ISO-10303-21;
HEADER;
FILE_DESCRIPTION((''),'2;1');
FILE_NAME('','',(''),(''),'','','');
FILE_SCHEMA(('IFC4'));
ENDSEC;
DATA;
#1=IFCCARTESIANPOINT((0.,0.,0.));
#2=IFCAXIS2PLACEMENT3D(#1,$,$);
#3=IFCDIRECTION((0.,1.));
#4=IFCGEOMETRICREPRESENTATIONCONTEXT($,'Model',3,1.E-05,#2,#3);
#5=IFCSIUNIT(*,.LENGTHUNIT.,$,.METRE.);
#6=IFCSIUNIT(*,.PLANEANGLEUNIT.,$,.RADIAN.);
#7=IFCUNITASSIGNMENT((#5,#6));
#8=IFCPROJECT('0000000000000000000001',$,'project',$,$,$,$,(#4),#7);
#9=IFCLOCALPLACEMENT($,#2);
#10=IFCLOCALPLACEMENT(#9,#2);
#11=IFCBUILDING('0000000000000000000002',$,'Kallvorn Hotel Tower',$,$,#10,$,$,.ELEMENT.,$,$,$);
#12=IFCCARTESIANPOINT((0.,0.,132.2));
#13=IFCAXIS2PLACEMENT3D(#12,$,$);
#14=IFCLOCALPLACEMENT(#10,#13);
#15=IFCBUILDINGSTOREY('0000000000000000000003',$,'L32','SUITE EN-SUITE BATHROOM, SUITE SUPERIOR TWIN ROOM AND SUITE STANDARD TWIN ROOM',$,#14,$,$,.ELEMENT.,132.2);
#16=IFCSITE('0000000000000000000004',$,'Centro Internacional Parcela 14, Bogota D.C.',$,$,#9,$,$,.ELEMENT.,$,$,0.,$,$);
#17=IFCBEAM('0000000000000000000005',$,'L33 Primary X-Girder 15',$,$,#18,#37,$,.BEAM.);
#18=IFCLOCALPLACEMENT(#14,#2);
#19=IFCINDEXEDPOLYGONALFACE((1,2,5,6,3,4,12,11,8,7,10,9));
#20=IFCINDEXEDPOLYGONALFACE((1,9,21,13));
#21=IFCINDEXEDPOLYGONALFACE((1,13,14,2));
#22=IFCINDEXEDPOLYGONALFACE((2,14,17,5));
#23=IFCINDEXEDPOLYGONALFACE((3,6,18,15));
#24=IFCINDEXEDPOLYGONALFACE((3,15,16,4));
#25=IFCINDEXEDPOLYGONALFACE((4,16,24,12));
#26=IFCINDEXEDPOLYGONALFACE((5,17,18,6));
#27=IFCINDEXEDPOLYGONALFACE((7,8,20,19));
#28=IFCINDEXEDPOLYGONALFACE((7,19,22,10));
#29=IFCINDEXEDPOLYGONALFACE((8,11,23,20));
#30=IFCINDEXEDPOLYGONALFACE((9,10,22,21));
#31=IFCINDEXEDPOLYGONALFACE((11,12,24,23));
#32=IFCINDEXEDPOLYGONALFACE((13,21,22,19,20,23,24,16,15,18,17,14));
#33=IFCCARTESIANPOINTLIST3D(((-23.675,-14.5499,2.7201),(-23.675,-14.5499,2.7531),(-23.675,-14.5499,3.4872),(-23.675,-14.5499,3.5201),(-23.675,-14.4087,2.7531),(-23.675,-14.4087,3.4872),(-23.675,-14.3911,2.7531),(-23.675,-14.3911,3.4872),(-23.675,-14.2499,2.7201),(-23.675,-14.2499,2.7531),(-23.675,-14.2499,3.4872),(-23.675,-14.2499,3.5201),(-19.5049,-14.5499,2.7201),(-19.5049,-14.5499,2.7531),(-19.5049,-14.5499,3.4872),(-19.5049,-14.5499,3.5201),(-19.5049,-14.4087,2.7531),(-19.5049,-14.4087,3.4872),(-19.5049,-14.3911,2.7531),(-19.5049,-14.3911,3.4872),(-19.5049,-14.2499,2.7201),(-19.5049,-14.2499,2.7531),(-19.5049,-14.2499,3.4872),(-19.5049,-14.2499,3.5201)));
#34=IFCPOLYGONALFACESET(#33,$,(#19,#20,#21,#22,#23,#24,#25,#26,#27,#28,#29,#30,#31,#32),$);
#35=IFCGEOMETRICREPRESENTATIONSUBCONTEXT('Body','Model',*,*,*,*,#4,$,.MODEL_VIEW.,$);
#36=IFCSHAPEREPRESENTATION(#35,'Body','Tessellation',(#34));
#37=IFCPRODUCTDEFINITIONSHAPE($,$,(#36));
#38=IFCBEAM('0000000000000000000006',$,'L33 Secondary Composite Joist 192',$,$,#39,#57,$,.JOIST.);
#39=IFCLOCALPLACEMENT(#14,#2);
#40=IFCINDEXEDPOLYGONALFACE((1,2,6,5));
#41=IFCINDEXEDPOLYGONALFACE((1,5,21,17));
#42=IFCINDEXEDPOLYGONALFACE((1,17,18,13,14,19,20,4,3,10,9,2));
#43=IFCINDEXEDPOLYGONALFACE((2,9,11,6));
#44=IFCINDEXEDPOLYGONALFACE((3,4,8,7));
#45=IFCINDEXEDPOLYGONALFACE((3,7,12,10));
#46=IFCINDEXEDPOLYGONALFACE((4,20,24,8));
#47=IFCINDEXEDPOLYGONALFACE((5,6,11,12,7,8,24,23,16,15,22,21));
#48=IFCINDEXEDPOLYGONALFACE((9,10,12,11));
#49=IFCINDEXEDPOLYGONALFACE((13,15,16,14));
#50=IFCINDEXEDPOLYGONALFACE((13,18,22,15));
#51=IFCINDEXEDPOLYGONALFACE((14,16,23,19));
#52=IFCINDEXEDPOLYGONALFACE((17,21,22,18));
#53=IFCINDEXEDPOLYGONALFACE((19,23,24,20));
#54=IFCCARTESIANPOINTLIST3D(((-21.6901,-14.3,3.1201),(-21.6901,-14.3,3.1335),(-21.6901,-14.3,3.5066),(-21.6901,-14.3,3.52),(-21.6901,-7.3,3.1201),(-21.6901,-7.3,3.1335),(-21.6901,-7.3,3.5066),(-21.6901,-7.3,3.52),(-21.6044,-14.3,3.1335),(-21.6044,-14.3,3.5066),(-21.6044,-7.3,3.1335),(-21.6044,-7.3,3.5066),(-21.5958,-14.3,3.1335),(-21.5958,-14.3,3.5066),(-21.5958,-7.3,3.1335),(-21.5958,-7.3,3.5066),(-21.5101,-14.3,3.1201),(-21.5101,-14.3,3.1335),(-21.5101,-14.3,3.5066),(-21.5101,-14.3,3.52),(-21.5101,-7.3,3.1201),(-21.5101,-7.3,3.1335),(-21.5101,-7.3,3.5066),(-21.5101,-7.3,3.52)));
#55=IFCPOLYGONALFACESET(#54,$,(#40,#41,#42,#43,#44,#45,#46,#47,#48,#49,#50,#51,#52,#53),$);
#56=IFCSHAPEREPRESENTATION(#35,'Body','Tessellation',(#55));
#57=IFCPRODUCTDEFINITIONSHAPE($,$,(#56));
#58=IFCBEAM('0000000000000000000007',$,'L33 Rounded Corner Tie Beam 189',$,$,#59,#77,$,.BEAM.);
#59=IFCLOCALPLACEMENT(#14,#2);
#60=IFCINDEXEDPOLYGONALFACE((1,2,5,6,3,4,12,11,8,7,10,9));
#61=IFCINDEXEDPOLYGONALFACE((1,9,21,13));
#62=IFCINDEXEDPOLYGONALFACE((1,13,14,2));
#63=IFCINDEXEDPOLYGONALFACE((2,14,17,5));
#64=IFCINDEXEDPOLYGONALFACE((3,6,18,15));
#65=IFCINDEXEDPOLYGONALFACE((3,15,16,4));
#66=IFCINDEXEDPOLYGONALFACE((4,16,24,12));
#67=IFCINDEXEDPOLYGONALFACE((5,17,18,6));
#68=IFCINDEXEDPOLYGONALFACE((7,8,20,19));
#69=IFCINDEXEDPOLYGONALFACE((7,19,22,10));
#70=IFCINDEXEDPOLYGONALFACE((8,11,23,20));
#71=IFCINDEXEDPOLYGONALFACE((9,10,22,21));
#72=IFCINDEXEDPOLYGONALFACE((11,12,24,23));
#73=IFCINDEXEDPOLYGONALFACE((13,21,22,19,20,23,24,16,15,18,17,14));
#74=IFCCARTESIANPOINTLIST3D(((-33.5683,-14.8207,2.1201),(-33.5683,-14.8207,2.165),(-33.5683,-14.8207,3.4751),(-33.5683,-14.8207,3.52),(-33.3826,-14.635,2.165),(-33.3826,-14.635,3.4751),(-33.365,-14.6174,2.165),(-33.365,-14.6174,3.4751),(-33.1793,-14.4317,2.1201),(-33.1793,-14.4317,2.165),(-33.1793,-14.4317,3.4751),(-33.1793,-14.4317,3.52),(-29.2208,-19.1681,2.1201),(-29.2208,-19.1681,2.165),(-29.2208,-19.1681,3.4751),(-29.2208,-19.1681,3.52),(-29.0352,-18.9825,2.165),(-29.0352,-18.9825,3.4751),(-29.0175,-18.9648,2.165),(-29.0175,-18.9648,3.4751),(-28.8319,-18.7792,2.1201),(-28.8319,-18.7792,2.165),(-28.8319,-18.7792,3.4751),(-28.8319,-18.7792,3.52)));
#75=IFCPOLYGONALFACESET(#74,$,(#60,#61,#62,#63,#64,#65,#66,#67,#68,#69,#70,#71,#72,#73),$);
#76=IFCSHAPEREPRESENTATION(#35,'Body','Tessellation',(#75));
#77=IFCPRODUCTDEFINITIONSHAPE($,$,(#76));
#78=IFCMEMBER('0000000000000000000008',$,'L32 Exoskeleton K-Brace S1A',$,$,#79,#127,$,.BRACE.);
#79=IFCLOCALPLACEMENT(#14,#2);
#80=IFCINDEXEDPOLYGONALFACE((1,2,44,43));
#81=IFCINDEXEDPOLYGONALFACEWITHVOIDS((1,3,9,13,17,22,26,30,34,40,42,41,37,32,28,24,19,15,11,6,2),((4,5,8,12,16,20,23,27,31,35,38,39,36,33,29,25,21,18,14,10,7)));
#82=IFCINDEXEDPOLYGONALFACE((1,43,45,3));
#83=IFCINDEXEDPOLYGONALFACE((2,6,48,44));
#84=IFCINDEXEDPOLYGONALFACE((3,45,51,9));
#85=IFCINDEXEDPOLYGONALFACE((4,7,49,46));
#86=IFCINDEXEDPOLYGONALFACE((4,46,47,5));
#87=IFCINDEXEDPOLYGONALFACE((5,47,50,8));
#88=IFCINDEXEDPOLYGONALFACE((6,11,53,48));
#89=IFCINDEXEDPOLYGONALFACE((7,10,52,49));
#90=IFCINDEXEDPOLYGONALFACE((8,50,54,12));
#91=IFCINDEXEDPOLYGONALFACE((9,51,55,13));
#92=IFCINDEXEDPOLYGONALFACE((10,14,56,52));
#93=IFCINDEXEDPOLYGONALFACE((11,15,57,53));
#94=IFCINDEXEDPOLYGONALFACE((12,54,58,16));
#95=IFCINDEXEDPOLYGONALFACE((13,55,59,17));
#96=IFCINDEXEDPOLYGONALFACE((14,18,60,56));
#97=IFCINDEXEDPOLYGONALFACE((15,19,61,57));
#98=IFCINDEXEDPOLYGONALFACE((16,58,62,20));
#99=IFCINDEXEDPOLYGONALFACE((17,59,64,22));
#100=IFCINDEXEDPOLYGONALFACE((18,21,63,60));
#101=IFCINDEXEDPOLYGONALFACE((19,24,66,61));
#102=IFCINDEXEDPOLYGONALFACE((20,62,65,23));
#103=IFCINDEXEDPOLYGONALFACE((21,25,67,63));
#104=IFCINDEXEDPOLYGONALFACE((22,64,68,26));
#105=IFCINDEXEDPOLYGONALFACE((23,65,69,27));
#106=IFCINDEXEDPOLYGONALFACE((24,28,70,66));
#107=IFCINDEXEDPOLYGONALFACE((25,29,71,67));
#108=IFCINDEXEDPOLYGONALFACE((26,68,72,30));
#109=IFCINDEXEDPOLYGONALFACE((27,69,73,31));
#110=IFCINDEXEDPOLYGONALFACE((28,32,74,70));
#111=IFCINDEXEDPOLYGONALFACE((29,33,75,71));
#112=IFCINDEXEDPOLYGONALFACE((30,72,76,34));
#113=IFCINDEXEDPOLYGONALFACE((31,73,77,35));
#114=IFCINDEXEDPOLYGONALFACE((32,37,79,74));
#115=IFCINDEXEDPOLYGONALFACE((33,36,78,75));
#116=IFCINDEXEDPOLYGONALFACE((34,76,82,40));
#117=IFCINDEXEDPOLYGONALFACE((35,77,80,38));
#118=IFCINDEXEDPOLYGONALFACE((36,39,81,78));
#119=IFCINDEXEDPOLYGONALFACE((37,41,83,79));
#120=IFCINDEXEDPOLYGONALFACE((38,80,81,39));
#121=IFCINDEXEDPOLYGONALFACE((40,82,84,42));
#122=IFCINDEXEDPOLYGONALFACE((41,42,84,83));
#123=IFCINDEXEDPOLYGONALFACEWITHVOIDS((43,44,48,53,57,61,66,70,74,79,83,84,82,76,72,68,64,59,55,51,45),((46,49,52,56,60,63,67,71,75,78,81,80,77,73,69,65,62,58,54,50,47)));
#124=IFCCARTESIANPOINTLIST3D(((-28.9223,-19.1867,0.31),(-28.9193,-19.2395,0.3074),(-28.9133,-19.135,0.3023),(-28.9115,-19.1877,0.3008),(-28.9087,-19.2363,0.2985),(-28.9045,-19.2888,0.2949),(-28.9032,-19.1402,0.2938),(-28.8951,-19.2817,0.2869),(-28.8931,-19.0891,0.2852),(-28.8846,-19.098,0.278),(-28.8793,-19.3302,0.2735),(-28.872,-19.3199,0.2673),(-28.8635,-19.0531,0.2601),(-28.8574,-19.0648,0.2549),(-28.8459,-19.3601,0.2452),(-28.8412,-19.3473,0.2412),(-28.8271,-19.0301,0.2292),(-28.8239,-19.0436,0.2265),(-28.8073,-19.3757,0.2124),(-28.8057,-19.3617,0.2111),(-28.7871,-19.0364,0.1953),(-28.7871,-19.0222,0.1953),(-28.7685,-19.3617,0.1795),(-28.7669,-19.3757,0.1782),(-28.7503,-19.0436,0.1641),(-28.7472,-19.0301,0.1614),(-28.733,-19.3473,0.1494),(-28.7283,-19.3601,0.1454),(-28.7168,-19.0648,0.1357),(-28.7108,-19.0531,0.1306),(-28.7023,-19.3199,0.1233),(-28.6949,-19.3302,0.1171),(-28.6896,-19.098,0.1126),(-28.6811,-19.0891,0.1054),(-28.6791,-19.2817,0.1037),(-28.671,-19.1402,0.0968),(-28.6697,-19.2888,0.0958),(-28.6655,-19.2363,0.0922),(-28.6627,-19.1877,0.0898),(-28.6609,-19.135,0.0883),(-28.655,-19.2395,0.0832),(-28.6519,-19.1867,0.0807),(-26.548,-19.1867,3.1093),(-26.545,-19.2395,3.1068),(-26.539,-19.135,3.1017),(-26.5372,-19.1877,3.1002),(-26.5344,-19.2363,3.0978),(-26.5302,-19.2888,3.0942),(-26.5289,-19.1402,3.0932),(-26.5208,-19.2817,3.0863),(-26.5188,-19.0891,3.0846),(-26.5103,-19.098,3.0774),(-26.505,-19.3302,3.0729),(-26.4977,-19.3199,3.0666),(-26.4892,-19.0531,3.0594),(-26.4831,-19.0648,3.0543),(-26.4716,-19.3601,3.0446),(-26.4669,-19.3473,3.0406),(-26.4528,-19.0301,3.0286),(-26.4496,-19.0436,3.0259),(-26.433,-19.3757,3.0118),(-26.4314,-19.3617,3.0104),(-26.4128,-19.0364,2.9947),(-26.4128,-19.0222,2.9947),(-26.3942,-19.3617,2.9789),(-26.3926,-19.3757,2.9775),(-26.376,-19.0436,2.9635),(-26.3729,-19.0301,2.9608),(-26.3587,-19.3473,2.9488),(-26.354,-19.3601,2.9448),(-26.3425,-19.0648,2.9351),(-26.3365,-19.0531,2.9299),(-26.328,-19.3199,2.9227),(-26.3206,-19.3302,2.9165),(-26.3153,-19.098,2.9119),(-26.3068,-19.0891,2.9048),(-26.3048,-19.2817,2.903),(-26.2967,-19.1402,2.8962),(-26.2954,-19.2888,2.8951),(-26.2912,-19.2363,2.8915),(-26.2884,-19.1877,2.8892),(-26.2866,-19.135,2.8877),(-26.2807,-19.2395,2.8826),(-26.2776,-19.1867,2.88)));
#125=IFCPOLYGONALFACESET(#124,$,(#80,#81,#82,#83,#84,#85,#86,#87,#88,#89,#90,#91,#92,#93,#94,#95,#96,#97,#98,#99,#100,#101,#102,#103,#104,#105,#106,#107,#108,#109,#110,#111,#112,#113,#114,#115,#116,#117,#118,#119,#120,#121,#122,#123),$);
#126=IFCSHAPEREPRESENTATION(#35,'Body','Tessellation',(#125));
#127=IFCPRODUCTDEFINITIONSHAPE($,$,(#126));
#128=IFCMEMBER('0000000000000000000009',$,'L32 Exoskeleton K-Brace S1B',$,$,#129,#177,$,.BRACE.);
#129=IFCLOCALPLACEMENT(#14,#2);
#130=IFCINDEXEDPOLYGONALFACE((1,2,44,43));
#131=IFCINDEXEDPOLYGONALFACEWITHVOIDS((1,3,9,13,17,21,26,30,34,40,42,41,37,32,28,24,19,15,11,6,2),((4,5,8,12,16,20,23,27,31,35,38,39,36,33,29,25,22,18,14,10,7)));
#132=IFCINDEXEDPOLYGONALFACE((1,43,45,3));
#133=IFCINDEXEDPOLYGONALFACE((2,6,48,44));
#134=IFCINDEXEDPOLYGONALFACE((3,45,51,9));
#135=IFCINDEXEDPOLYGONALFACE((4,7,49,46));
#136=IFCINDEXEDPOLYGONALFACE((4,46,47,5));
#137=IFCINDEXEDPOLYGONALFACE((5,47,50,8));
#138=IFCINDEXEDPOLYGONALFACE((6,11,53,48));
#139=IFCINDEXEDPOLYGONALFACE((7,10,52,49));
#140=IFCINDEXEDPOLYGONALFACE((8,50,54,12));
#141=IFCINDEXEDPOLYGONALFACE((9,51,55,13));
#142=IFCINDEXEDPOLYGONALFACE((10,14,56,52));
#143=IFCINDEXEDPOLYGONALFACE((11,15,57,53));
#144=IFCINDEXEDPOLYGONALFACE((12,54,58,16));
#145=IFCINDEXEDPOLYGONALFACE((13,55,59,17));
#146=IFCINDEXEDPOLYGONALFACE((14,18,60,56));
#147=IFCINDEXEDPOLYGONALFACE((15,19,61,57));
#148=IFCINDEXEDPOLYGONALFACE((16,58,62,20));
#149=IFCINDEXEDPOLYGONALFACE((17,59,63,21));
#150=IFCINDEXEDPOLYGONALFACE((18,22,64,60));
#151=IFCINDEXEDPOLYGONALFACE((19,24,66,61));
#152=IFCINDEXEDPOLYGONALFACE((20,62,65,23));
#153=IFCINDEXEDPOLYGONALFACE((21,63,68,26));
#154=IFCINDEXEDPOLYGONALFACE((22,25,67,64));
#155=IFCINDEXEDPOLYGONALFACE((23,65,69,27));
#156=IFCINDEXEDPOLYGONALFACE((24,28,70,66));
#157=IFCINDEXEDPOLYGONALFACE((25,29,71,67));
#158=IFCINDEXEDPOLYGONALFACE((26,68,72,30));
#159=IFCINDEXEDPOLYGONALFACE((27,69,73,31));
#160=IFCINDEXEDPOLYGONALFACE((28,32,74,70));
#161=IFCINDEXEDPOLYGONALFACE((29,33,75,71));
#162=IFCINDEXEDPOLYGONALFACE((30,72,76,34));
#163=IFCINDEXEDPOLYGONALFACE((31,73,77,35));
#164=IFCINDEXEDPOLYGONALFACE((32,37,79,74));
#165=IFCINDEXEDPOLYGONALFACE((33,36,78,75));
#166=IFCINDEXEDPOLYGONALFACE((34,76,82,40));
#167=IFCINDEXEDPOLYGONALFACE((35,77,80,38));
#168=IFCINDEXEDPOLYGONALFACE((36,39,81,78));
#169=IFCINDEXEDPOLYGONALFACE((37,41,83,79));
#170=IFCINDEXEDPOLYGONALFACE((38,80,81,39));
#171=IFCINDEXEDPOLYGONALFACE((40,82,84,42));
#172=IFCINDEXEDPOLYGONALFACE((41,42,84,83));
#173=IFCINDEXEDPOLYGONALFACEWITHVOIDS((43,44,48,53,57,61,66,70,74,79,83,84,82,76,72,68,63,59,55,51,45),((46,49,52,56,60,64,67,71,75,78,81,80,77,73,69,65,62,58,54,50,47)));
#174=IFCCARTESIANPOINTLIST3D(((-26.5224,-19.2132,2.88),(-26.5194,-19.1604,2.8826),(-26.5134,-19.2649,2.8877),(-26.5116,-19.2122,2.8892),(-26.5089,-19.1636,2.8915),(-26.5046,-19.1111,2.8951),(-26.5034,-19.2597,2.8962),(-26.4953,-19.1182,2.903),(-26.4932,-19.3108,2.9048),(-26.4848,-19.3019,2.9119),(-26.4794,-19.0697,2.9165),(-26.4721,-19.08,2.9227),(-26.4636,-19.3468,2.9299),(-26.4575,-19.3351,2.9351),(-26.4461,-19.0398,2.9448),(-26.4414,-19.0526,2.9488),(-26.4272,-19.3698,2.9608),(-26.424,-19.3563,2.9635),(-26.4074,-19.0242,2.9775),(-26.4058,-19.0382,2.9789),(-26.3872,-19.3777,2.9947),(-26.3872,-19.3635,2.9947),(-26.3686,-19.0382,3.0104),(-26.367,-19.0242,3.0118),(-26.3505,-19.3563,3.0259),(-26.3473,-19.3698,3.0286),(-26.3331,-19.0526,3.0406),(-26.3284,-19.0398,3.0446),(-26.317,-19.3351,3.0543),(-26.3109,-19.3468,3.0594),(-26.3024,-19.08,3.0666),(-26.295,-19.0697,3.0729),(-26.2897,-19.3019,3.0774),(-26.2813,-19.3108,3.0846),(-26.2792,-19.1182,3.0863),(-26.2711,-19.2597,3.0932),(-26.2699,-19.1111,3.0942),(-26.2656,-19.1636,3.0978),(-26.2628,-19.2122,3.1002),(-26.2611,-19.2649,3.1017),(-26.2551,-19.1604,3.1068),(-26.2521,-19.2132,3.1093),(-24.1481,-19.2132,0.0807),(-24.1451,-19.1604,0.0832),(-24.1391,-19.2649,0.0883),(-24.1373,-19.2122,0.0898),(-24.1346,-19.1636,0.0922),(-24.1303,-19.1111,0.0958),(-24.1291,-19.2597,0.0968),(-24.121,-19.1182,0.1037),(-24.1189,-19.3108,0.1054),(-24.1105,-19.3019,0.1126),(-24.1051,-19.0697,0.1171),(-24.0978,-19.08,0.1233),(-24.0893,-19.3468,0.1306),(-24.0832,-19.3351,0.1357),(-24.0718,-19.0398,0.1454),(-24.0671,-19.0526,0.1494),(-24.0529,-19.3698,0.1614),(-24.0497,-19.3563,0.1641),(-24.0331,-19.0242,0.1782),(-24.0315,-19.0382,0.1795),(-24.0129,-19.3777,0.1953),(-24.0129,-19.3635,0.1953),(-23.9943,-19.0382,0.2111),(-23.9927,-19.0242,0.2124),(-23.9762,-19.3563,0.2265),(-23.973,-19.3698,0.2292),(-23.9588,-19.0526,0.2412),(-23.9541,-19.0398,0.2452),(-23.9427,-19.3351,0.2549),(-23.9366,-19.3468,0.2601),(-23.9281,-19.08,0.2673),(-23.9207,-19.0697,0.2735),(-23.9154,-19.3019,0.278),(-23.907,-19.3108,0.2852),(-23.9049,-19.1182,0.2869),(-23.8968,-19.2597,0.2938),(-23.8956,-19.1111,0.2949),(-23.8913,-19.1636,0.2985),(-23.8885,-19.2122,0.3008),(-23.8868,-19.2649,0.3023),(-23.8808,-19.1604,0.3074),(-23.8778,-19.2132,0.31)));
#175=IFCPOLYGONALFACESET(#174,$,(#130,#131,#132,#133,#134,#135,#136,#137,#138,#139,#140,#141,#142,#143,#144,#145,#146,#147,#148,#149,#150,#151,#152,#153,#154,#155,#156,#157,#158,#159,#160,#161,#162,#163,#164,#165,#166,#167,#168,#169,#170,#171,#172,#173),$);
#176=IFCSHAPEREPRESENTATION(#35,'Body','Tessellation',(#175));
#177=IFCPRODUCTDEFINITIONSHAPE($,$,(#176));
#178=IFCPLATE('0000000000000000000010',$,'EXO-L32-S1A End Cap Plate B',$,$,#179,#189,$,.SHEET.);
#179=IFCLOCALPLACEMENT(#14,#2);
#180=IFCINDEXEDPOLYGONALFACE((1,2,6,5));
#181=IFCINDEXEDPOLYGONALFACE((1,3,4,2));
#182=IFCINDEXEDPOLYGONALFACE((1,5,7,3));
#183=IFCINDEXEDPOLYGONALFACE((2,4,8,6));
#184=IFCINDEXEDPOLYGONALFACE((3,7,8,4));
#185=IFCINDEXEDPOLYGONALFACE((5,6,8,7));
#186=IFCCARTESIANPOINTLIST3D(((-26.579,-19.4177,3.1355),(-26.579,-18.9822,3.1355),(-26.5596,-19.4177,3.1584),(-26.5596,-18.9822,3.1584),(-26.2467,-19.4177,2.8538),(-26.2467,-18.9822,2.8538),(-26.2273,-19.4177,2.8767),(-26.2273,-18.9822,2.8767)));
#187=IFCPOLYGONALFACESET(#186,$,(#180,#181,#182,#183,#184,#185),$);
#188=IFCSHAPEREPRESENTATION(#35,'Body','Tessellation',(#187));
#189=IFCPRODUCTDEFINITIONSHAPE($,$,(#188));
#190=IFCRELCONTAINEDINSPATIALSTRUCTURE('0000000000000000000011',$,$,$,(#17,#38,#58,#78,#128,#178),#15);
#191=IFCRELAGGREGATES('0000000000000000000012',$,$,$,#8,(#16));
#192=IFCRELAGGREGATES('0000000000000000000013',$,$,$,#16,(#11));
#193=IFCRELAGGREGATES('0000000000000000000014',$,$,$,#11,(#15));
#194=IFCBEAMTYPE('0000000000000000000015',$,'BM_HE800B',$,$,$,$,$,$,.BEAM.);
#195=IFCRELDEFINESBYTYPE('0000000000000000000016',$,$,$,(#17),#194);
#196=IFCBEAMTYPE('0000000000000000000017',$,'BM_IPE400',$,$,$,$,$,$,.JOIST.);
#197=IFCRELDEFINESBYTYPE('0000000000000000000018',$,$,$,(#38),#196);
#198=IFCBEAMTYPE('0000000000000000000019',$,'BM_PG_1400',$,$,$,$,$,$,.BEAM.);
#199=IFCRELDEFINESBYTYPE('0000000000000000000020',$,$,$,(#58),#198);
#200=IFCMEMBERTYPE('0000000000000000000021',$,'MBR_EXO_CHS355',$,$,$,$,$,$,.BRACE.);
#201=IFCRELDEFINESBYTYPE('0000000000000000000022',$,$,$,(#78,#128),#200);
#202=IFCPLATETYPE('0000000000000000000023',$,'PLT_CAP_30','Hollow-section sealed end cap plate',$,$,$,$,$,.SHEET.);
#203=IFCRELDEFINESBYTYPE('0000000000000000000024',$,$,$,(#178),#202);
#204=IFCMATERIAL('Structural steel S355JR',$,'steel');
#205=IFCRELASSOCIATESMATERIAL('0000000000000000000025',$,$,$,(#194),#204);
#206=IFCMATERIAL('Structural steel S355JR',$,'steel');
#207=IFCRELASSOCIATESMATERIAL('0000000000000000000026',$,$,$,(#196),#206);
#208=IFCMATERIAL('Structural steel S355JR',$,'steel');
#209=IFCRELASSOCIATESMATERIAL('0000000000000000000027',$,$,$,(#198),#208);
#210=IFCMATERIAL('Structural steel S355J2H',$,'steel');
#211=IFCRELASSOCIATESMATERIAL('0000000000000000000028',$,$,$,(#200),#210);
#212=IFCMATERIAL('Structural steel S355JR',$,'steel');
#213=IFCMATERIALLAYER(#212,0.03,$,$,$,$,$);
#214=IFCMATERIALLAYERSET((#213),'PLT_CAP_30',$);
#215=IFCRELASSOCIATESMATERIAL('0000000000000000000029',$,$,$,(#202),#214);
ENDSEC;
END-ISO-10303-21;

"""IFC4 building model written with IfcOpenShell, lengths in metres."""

from ifc_helpers import new_model, si_unit, direction, frame, origin, origin_2d, place, context, subcontext, project, spatial, polyline, hollow_circle, i_section, outline, extrude, material, layer, layer_set, material_profile, profile_set, type_object, element, save


model = new_model("IFC4")

# Units and contexts
model_context = context("Model", 3, precision=1e-05, world=origin(), true_north=direction((0.0, 1.0)))
body_context = subcontext(model_context, "Body", "Model", "MODEL_VIEW")
ifc_project = project(units=[si_unit("LENGTHUNIT", "METRE"), si_unit("PLANEANGLEUNIT", "RADIAN")], contexts=[model_context])

# Site, building, storey
site_placement = place(None, origin())
site = spatial("IfcSite", under=ifc_project, at=site_placement, Name="Centro Internacional Parcela 14, Bogota D.C.", CompositionType="ELEMENT", RefElevation=0.0)
building_placement = place(site_placement, origin())
building = spatial("IfcBuilding", under=site, at=building_placement, Name="Kallvorn Hotel Tower", CompositionType="ELEMENT")
storey_placement = place(building_placement, frame((0.0, 0.0, 132.2)))
storey = spatial("IfcBuildingStorey", under=building, at=storey_placement, Name="L32", Description="SUITE EN-SUITE BATHROOM, SUITE SUPERIOR TWIN ROOM AND SUITE STANDARD TWIN ROOM", CompositionType="ELEMENT", Elevation=132.2)

# Beams
ifc_material_1 = material(Name="Structural steel S355JR", Category="steel")
ifc_material_profile_1 = material_profile(ifc_material_1, i_section(OverallWidth=0.3, OverallDepth=0.8, WebThickness=0.0176, FlangeThickness=0.033, at=origin_2d()), Name="HE 800 B")
ifc_profile_set_1 = profile_set([ifc_material_profile_1], Name="Structural steel S355JR")
beam_type_1 = type_object("IfcBeamType", Name="BM_HE800B", PredefinedType="BEAM", material=ifc_profile_set_1)
for number, where, z_axis, x_axis, name in (
    (1, (-23.675, -14.3999, 3.1201), (1.0, 0.0, 0.0), (0.0, 1.0, 0.0), "L33 Primary X-Girder 15"),
):
    element("IfcBeam", number, at=place(storey_placement, frame(where, z_axis=z_axis, x_axis=x_axis)), inside=storey, type_object=beam_type_1, Name=name, PredefinedType="BEAM", context=body_context, shape_type="SweptSolid", body=[
        extrude(i_section(OverallWidth=0.3, OverallDepth=0.8, WebThickness=0.0176, FlangeThickness=0.033, at=origin_2d()), origin(), (0.0, 0.0, 1.0), 4.1702),
    ])
ifc_material_2 = material(Name="Structural steel S355JR", Category="steel")
ifc_material_profile_2 = material_profile(ifc_material_2, i_section(OverallWidth=0.1799, OverallDepth=0.3999, WebThickness=0.0085, FlangeThickness=0.0134, at=origin_2d()), Name="IPE 400")
ifc_profile_set_2 = profile_set([ifc_material_profile_2], Name="Structural steel S355JR")
beam_type_2 = type_object("IfcBeamType", Name="BM_IPE400", PredefinedType="JOIST", material=ifc_profile_set_2)
beam_1_placement = place(storey_placement, frame((-21.6001, -14.3, 3.3201), z_axis=(0.0, 1.0, 0.0), x_axis=(-1.0, 0.0, 0.0)))
element("IfcBeam", 2, at=beam_1_placement, inside=storey, type_object=beam_type_2, Name="L33 Secondary Composite Joist 192", PredefinedType="JOIST", context=body_context, shape_type="SweptSolid", body=[
    extrude(i_section(OverallWidth=0.1799, OverallDepth=0.3999, WebThickness=0.0085, FlangeThickness=0.0134, at=origin_2d()), origin(), (0.0, 0.0, 1.0), 7.0),
])
ifc_material_3 = material(Name="Structural steel S355JR", Category="steel")
ifc_material_profile_3 = material_profile(ifc_material_3, i_section(OverallWidth=0.55, OverallDepth=1.3999, WebThickness=0.0249, FlangeThickness=0.0449, at=origin_2d()), Name="PG 1400x550x25x45")
ifc_profile_set_3 = profile_set([ifc_material_profile_3], Name="Structural steel S355JR")
beam_type_3 = type_object("IfcBeamType", Name="BM_PG_1400", PredefinedType="BEAM", material=ifc_profile_set_3)
beam_2_placement = place(storey_placement, frame((-33.3738, -14.6262, 2.8201), z_axis=(0.707107, -0.707107, 0.0), x_axis=(0.707107, 0.707107, 0.0)))
element("IfcBeam", 3, at=beam_2_placement, inside=storey, type_object=beam_type_3, Name="L33 Rounded Corner Tie Beam 189", PredefinedType="BEAM", context=body_context, shape_type="SweptSolid", body=[
    extrude(i_section(OverallWidth=0.55, OverallDepth=1.3999, WebThickness=0.0249, FlangeThickness=0.0449, at=origin_2d()), origin(), (0.0, 0.0, 1.0), 6.1482),
])

# Members
ifc_material_4 = material(Name="Structural steel S355J2H", Category="steel")
ifc_material_profile_4 = material_profile(ifc_material_4, hollow_circle(Radius=0.1777, WallThickness=0.0142, at=origin_2d()), Name="CHS 355.6x14.2")
ifc_profile_set_4 = profile_set([ifc_material_profile_4], Name="Structural steel S355J2H")
member_type = type_object("IfcMemberType", Name="MBR_EXO_CHS355", PredefinedType="BRACE", material=ifc_profile_set_4)
for number, where, z_axis, x_axis, name in (
    (4, (-28.7871, -19.2, 0.1953), (0.646833, 0.0, 0.762631), (0.0, 1.0, 0.0), "L32 Exoskeleton K-Brace S1A"),
    (5, (-24.0129, -19.2, 0.1953), (-0.646833, 0.0, 0.762631), (0.0, -1.0, 0.0), "L32 Exoskeleton K-Brace S1B"),
):
    element("IfcMember", number, at=place(storey_placement, frame(where, z_axis=z_axis, x_axis=x_axis)), inside=storey, type_object=member_type, Name=name, PredefinedType="BRACE", context=body_context, shape_type="SweptSolid", body=[
        extrude(hollow_circle(Radius=0.1777, WallThickness=0.0142, at=origin_2d()), origin(), (0.0, 0.0, 1.0), 3.6707),
    ])

# Plate
ifc_material_5 = material(Name="Structural steel S355JR", Category="steel")
ifc_layer_1 = layer(ifc_material_5, 0.03)
ifc_layer_set_1 = layer_set([ifc_layer_1], Name="PLT_CAP_30")
plate_type_1 = type_object("IfcPlateType", Name="PLT_CAP_30", Description="Hollow-section sealed end cap plate", PredefinedType="SHEET", material=ifc_layer_set_1)
plate_1_placement = place(storey_placement, frame((-26.2273, -19.4177, 2.8767), z_axis=(0.646721, 0.0, 0.762727), x_axis=(0.0, 1.0, 0.0)))
element("IfcPlate", 6, at=plate_1_placement, inside=storey, type_object=plate_type_1, Name="EXO-L32-S1A End Cap Plate B", PredefinedType="SHEET", context=body_context, shape_type="SweptSolid", body=[
    extrude(outline(polyline([(0.0, 0.0), (0.4355, 0.0), (0.4355, 0.4356), (0.0, 0.4356), (0.0, 0.0)])), origin(), (0.0, 0.0, -1.0), 0.03),
])

save(model, "model.ifc")
